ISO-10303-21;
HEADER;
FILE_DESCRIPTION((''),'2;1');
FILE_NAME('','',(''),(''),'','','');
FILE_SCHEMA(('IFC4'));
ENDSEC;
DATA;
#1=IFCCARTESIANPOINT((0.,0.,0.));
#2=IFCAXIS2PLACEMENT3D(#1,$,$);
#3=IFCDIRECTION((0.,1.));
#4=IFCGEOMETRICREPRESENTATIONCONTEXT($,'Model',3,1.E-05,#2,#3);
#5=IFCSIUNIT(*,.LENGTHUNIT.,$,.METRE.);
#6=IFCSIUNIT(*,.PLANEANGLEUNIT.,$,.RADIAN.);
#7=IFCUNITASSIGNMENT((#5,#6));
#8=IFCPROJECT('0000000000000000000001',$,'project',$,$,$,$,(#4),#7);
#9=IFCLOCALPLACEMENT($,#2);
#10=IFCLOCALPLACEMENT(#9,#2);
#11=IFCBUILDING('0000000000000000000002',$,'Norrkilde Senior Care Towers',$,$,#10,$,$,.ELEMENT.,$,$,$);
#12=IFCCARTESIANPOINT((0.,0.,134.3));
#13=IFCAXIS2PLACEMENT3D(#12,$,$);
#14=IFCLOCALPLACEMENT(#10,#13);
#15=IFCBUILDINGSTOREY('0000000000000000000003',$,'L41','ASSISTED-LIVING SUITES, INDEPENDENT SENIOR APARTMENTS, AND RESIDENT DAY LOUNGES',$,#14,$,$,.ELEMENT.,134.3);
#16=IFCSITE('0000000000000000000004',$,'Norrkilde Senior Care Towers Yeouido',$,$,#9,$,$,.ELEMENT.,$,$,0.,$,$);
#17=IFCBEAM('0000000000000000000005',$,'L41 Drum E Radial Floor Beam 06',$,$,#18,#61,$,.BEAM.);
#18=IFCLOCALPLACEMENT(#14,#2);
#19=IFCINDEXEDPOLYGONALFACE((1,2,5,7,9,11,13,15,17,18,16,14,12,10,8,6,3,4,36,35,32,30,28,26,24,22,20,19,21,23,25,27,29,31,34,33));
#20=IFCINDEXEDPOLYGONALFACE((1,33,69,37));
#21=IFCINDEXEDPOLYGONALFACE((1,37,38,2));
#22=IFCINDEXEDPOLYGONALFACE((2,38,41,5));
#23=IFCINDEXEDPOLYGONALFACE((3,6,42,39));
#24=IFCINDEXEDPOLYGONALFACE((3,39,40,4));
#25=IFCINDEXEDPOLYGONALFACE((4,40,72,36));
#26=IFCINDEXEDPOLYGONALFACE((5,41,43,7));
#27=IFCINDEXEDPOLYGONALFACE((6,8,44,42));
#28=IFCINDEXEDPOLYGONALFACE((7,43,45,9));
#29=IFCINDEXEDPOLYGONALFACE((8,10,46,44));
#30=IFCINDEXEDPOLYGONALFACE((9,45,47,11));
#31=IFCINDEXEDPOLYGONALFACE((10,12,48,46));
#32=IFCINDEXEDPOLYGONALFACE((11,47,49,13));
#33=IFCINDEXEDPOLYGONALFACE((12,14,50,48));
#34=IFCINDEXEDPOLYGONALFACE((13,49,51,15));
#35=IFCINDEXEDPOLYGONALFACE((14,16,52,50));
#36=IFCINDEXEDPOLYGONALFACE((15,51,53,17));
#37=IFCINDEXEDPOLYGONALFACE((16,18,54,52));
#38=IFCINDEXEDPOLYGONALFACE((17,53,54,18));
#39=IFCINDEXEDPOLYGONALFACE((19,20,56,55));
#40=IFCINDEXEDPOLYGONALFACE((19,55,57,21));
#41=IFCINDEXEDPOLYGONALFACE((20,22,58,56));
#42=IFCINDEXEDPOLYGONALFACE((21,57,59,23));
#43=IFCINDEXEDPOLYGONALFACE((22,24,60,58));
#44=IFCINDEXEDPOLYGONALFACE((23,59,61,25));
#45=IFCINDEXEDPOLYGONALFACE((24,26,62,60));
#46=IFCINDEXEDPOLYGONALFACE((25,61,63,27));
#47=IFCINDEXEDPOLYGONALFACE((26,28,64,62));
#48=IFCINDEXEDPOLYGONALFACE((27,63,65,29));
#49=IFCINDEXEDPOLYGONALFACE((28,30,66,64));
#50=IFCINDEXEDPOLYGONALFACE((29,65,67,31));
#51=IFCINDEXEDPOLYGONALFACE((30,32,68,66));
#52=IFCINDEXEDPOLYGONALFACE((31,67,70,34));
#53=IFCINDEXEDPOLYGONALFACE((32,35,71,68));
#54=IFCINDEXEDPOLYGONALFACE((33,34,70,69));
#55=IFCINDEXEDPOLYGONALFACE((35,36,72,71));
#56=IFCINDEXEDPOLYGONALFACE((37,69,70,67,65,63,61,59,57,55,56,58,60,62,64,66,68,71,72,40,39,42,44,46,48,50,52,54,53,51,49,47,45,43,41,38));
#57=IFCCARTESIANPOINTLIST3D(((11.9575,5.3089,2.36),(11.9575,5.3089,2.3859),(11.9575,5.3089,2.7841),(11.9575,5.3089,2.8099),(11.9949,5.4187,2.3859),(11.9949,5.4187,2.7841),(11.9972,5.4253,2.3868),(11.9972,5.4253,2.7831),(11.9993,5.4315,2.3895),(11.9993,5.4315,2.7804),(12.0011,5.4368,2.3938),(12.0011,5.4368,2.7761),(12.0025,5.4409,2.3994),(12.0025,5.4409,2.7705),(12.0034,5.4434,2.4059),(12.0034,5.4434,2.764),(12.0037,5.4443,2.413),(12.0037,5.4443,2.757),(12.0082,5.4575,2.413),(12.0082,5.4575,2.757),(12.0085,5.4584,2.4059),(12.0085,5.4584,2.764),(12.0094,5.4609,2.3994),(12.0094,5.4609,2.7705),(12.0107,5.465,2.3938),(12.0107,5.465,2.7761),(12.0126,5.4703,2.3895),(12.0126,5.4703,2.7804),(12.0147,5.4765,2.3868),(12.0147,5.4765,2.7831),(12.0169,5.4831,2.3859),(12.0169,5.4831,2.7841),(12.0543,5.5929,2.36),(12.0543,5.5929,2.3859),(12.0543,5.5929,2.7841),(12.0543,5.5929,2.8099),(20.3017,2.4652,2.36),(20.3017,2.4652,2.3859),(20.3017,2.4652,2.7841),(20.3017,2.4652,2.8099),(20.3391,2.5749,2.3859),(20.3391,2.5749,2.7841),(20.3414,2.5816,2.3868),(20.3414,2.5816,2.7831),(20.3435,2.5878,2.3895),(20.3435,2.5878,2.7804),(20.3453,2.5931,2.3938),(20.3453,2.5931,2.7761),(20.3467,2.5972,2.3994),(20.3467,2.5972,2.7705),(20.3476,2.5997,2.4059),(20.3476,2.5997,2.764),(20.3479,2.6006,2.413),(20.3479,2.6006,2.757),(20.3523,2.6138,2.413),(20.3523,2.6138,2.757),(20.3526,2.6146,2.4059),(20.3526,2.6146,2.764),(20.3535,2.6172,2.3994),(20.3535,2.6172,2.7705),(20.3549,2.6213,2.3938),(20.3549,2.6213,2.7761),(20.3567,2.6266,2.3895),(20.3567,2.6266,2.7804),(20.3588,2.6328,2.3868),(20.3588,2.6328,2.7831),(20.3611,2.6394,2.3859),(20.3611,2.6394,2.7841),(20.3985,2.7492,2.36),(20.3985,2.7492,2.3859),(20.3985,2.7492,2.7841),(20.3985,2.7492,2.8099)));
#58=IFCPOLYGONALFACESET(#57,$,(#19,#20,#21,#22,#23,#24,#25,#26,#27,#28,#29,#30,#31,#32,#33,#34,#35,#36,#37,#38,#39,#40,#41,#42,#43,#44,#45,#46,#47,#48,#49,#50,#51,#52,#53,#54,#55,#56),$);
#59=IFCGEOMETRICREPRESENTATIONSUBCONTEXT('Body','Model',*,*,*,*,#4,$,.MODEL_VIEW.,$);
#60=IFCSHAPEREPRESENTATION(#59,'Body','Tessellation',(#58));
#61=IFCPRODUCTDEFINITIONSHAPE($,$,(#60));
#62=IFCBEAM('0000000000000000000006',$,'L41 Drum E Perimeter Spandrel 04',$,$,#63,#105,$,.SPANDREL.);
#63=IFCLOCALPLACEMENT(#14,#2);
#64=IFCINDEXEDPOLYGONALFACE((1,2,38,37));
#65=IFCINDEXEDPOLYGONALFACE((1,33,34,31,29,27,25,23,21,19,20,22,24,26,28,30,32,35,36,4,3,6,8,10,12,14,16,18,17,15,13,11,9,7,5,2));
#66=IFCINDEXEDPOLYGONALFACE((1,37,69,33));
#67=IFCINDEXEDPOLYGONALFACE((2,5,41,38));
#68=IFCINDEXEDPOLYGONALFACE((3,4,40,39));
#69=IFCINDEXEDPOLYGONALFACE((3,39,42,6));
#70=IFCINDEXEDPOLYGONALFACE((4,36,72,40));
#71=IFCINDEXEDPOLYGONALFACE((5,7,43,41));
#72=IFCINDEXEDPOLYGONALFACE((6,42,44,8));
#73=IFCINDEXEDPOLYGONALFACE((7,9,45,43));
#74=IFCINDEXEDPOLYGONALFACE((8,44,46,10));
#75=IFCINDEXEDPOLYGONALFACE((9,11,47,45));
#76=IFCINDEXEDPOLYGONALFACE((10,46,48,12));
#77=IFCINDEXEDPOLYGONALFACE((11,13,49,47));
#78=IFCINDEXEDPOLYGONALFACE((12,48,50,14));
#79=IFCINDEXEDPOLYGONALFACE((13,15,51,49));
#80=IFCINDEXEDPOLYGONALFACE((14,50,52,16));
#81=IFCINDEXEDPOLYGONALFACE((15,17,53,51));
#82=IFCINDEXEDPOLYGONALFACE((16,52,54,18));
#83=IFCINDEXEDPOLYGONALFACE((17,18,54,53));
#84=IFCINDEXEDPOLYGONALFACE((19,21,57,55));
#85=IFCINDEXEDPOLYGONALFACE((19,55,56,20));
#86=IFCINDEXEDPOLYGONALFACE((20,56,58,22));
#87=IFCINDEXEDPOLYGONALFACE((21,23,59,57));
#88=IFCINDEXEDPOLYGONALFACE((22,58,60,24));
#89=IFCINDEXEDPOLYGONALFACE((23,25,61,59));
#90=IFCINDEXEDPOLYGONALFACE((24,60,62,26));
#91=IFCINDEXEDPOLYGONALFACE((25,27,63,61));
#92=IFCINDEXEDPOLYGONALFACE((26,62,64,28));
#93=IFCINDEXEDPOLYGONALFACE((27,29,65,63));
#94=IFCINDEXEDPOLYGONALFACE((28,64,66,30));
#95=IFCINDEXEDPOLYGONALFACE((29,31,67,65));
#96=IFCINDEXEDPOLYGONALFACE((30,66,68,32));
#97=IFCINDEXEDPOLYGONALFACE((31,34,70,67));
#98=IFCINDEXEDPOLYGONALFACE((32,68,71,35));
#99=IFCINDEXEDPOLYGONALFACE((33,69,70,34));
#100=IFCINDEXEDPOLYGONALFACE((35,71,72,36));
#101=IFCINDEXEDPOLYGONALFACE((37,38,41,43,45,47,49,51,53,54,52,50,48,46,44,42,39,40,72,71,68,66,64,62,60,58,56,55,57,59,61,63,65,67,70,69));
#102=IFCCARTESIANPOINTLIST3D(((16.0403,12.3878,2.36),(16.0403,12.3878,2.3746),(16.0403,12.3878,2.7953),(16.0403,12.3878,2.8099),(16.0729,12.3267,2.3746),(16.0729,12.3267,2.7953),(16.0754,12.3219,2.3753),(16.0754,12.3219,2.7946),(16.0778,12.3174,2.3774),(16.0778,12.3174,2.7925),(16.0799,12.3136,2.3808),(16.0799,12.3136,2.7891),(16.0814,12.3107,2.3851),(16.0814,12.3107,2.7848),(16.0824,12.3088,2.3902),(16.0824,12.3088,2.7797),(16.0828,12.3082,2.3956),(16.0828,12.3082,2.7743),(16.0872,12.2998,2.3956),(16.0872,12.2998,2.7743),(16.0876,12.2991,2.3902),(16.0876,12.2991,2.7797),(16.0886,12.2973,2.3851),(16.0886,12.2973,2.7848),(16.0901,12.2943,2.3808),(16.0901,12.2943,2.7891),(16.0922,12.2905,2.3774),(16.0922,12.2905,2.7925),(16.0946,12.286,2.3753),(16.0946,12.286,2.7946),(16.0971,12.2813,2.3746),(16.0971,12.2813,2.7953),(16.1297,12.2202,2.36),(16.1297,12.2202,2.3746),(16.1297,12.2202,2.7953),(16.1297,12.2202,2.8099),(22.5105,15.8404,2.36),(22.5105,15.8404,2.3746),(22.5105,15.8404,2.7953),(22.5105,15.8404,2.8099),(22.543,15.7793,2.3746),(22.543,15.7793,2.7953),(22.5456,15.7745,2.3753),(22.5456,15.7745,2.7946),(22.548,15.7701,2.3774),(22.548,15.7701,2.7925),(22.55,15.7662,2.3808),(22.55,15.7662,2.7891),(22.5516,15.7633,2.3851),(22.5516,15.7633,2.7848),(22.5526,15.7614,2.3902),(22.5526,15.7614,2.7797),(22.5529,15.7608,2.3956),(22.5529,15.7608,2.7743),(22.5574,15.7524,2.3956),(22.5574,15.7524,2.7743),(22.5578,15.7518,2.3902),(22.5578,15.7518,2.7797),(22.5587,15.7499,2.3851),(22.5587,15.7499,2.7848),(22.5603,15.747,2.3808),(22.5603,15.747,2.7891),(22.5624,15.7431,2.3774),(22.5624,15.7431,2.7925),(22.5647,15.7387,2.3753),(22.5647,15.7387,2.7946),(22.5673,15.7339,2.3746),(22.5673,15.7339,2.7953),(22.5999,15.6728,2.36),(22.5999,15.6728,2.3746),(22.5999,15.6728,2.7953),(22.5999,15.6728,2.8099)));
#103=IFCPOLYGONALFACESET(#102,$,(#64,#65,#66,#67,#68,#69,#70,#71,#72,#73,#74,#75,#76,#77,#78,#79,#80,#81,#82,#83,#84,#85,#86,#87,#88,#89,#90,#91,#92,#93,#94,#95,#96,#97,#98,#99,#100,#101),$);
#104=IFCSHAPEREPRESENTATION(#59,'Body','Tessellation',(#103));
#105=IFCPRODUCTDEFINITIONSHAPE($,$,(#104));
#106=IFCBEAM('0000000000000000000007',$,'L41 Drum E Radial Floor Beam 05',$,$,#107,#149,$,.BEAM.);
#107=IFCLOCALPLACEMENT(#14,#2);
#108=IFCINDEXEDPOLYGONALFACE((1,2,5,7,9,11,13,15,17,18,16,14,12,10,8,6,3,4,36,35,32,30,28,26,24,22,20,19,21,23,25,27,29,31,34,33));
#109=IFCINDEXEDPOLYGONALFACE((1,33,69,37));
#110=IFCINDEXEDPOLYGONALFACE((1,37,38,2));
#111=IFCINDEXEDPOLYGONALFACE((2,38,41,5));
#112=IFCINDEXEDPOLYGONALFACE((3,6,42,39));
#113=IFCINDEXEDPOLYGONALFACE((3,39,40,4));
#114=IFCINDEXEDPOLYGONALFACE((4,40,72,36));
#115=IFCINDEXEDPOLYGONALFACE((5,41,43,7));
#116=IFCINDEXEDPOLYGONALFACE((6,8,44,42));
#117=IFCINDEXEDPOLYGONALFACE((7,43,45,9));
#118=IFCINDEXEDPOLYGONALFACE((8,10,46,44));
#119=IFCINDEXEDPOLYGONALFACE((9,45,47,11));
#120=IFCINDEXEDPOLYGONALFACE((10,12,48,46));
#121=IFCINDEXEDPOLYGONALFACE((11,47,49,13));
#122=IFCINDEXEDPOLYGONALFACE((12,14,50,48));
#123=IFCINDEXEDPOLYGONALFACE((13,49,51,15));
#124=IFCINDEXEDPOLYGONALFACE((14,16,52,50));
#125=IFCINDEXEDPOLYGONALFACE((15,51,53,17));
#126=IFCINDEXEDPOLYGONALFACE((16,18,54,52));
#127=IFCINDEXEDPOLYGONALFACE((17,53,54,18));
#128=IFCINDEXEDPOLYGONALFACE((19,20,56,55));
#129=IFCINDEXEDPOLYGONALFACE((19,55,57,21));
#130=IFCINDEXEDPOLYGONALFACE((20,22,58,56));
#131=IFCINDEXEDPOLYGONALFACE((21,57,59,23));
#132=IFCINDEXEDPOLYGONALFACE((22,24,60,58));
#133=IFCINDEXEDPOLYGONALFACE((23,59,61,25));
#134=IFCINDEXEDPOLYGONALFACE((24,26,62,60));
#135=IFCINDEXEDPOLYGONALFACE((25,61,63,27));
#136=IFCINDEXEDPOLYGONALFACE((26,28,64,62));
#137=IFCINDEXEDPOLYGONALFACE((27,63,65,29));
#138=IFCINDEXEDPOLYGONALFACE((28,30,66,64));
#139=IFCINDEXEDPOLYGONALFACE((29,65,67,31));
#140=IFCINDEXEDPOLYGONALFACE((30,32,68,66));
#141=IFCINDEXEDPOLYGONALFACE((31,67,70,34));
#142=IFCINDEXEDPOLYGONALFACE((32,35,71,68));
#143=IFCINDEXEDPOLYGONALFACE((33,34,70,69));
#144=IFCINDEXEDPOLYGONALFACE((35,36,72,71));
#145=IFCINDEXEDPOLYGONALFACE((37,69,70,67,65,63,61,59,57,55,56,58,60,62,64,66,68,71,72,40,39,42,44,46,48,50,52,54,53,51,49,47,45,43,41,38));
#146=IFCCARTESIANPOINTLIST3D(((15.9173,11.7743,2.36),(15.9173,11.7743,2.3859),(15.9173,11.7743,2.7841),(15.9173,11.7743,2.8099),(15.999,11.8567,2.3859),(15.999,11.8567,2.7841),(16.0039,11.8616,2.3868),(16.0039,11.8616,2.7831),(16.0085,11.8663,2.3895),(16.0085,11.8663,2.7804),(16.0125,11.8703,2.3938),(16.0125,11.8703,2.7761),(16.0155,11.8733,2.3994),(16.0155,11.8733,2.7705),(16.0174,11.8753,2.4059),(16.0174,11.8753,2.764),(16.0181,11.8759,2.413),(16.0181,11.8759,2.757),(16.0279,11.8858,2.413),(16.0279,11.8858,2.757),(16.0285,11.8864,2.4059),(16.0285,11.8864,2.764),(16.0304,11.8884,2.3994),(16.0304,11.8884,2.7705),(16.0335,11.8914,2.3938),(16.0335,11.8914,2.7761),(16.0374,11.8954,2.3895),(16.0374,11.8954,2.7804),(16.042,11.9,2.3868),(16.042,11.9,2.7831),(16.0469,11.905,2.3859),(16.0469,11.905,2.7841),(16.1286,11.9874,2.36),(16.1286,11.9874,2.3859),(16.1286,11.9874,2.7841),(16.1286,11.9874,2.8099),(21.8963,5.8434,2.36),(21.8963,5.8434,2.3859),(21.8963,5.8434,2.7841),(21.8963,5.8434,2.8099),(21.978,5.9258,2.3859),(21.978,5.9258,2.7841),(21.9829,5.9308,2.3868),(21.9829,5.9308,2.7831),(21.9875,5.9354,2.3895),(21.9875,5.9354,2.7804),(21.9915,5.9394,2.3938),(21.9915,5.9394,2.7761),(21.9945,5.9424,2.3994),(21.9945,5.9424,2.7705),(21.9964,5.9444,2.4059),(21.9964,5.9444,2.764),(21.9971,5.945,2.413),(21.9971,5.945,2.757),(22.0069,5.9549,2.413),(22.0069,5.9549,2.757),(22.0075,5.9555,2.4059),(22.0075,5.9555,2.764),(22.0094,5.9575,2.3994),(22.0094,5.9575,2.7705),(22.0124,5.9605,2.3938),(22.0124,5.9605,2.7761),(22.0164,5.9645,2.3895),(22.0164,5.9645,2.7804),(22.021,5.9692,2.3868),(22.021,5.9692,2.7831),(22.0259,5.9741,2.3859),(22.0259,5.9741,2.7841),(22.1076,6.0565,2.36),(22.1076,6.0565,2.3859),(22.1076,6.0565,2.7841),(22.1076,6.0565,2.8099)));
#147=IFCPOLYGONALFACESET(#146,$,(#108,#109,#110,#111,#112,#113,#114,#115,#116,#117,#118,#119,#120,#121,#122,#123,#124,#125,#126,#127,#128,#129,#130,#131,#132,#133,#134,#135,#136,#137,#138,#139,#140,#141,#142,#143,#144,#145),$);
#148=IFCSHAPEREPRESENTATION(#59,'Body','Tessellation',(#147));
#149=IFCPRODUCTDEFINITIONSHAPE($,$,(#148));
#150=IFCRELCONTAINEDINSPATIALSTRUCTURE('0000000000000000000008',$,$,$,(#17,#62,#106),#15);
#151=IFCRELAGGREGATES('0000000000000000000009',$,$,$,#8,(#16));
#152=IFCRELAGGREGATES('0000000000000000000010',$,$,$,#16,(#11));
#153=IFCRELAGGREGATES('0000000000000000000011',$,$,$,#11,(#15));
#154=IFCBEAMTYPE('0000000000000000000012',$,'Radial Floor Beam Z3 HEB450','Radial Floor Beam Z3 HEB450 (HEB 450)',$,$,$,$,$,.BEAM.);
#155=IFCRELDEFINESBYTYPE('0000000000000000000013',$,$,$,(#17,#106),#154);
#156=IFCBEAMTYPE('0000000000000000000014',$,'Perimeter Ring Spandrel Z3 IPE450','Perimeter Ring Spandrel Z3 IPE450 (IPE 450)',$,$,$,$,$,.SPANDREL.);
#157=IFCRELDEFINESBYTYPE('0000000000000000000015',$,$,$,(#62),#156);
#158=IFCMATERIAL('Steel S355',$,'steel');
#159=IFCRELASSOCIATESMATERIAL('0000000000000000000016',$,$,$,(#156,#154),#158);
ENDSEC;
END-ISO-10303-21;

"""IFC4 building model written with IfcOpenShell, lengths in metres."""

from ifc_helpers import new_model, si_unit, direction, frame, origin, origin_2d, place, context, subcontext, project, spatial, i_section, extrude, source, transform, mapped, material, material_profile, profile_set, type_object, type_shapes, element, save


model = new_model("IFC4")

# Units and contexts
model_context = context("Model", 3, precision=1e-05, world=origin(), true_north=direction((0.0, 1.0)))
body_context = subcontext(model_context, "Body", "Model", "MODEL_VIEW")
ifc_project = project(units=[si_unit("LENGTHUNIT", "METRE"), si_unit("PLANEANGLEUNIT", "RADIAN")], contexts=[model_context])

# Site, building, storey
site_placement = place(None, origin())
site = spatial("IfcSite", under=ifc_project, at=site_placement, Name="Norrkilde Senior Care Towers Yeouido", CompositionType="ELEMENT", RefElevation=0.0)
building_placement = place(site_placement, origin())
building = spatial("IfcBuilding", under=site, at=building_placement, Name="Norrkilde Senior Care Towers", CompositionType="ELEMENT")
storey_placement = place(building_placement, frame((0.0, 0.0, 134.3)))
storey = spatial("IfcBuildingStorey", under=building, at=storey_placement, Name="L41", Description="ASSISTED-LIVING SUITES, INDEPENDENT SENIOR APARTMENTS, AND RESIDENT DAY LOUNGES", CompositionType="ELEMENT", Elevation=134.3)

# Beams
ifc_material_1 = material(Name="Steel S355", Category="steel")
ifc_material_profile_1 = material_profile(ifc_material_1, i_section(OverallWidth=0.1899, OverallDepth=0.45, WebThickness=0.0095, FlangeThickness=0.0146, FilletRadius=0.021, at=origin_2d()), Name="IPE 450")
ifc_profile_set_1 = profile_set([ifc_material_profile_1], Name="Steel S355")
beam_type_1 = type_object("IfcBeamType", Name="Perimeter Ring Spandrel Z3 IPE450", Description="Perimeter Ring Spandrel Z3 IPE450 (IPE 450)", PredefinedType="SPANDREL", material=ifc_profile_set_1)
ifc_material_profile_2 = material_profile(ifc_material_1, i_section(OverallWidth=0.3, OverallDepth=0.45, WebThickness=0.0139, FlangeThickness=0.0259, FilletRadius=0.0271, at=origin_2d()), Name="HEB 450")
ifc_profile_set_2 = profile_set([ifc_material_profile_2], Name="Steel S355")
beam_type_2 = type_object("IfcBeamType", Name="Radial Floor Beam Z3 HEB450", Description="Radial Floor Beam Z3 HEB450 (HEB 450)", PredefinedType="BEAM", material=ifc_profile_set_2)
shared_shape_1 = source(origin(), body_context, "Body", "SweptSolid", [
    extrude(i_section(OverallWidth=0.3, OverallDepth=0.45, WebThickness=0.0139, FlangeThickness=0.0259, FilletRadius=0.0271, at=origin_2d()), origin(), (0.0, 0.0, 1.0), 8.8154),
])
beam_1_placement = place(storey_placement, frame((20.3501, 2.6072, 2.585), z_axis=(-0.946541, 0.322585, 0.0), x_axis=(-0.322585, -0.946541, 0.0)))
element("IfcBeam", 1, at=beam_1_placement, inside=storey, type_object=beam_type_2, Name="L41 Drum E Radial Floor Beam 06", PredefinedType="BEAM", context=body_context, shape_type="MappedRepresentation", body=[
    mapped(shared_shape_1, transform((0.0, 0.0, 0.0), x_axis=(1.0, 0.0, 0.0), y_axis=(0.0, 1.0, 0.0), z_axis=(0.0, 0.0, 1.0), scale=1.0)),
])
shared_shape_2 = source(origin(), body_context, "Body", "SweptSolid", [
    extrude(i_section(OverallWidth=0.1899, OverallDepth=0.45, WebThickness=0.0095, FlangeThickness=0.0146, FilletRadius=0.021, at=origin_2d()), origin(), (0.0, 0.0, 1.0), 7.3337),
])
beam_2_placement = place(storey_placement, frame((22.5552, 15.7566, 2.585), z_axis=(-0.882248, -0.470785, 0.0), x_axis=(0.470785, -0.882248, 0.0)))
element("IfcBeam", 2, at=beam_2_placement, inside=storey, type_object=beam_type_1, Name="L41 Drum E Perimeter Spandrel 04", PredefinedType="SPANDREL", context=body_context, shape_type="MappedRepresentation", body=[
    mapped(shared_shape_2, transform((0.0, 0.0, 0.0), x_axis=(1.0, 0.0, 0.0), y_axis=(0.0, 1.0, 0.0), z_axis=(0.0, 0.0, 1.0), scale=1.0)),
])
shared_shape_3 = source(origin(), body_context, "Body", "SweptSolid", [
    extrude(i_section(OverallWidth=0.3, OverallDepth=0.45, WebThickness=0.0139, FlangeThickness=0.0259, FilletRadius=0.0271, at=origin_2d()), origin(), (0.0, 0.0, 1.0), 8.4216),
])
type_shapes(beam_type_2, [shared_shape_1, shared_shape_3])
beam_3_placement = place(storey_placement, frame((22.002, 5.95, 2.585), z_axis=(-0.709956, 0.704246, 0.0), x_axis=(-0.704246, -0.709956, 0.0)))
element("IfcBeam", 3, at=beam_3_placement, inside=storey, type_object=beam_type_2, Name="L41 Drum E Radial Floor Beam 05", PredefinedType="BEAM", context=body_context, shape_type="MappedRepresentation", body=[
    mapped(shared_shape_3, transform((0.0, 0.0, 0.0), x_axis=(1.0, 0.0, 0.0), y_axis=(0.0, 1.0, 0.0), z_axis=(0.0, 0.0, 1.0), scale=1.0)),
])

save(model, "model.ifc")
